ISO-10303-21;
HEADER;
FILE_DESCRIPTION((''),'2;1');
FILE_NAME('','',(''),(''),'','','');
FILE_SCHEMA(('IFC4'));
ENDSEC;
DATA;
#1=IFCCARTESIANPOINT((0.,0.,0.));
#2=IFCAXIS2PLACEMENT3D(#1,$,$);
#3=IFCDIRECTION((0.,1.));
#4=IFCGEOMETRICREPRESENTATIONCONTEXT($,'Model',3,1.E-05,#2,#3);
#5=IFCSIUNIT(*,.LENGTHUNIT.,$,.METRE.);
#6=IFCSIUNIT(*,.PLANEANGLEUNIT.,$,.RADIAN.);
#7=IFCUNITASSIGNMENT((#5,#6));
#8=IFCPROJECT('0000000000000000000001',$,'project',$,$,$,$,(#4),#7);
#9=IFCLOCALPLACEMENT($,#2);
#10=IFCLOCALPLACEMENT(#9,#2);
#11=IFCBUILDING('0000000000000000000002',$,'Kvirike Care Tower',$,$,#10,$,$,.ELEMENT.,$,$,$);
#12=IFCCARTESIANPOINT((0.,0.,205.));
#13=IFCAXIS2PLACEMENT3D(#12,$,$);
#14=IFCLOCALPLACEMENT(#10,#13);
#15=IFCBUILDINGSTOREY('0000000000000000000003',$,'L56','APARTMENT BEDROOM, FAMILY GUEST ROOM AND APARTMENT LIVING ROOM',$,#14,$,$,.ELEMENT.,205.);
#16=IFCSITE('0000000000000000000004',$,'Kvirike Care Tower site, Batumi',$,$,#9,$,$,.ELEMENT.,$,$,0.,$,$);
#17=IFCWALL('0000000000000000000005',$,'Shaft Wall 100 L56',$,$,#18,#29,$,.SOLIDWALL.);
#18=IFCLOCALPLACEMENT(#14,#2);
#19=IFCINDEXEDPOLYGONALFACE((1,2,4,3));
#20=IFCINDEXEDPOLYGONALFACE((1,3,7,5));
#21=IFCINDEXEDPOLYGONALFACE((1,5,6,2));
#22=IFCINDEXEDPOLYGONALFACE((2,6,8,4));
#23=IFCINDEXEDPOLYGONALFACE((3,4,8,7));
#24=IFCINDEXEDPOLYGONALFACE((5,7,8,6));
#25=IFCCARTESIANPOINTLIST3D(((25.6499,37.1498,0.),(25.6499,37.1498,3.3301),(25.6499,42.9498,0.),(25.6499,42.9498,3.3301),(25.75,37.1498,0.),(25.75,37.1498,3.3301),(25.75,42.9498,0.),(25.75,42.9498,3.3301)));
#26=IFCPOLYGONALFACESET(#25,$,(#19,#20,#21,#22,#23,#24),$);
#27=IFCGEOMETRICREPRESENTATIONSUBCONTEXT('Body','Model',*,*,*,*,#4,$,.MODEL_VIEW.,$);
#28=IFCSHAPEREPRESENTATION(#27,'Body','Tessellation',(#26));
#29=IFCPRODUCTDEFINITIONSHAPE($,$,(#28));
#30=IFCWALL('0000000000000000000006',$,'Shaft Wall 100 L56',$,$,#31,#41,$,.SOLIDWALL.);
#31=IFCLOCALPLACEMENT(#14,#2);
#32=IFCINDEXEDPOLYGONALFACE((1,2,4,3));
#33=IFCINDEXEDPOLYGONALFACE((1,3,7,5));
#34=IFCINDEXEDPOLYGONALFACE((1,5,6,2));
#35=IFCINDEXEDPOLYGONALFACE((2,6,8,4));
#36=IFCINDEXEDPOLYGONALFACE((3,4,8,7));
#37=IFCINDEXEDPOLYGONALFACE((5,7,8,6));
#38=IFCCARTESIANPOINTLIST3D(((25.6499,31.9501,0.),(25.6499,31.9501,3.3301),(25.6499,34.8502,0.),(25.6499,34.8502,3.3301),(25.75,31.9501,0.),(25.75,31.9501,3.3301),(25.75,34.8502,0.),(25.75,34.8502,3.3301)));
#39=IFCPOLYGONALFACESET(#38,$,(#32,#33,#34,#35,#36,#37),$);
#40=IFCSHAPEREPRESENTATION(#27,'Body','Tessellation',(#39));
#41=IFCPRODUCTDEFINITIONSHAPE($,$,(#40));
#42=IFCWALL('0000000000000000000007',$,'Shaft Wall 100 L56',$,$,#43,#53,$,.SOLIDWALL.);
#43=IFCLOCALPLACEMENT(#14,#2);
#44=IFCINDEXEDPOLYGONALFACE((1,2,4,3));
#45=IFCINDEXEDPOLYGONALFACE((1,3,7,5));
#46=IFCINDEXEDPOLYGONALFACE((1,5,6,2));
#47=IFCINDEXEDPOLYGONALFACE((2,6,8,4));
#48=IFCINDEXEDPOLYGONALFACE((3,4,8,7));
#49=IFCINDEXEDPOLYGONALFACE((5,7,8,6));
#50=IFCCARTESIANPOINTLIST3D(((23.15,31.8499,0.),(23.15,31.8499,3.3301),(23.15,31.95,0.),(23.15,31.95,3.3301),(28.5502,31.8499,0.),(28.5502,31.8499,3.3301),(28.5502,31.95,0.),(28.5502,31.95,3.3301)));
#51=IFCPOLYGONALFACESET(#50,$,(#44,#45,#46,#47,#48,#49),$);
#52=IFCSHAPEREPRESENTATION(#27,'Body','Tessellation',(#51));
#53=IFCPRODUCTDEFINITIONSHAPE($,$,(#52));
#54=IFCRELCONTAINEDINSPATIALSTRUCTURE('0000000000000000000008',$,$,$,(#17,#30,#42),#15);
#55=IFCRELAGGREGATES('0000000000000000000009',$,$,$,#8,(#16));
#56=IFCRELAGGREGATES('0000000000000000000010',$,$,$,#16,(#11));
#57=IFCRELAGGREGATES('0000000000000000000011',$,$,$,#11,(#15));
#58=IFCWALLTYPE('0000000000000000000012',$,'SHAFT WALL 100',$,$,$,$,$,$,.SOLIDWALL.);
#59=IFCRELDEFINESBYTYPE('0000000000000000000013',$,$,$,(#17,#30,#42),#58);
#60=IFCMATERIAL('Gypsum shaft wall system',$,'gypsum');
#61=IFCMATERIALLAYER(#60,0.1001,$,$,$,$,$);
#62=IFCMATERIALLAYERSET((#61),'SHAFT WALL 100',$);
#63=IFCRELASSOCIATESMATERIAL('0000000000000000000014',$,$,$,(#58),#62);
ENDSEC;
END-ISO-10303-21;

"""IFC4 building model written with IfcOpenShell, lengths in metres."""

from ifc_helpers import new_model, si_unit, direction, frame, frame_2d, origin, place, context, subcontext, project, spatial, rectangle, extrude, material, layer, layer_set, type_object, element, save


model = new_model("IFC4")

# Units and contexts
model_context = context("Model", 3, precision=1e-05, world=origin(), true_north=direction((0.0, 1.0)))
body_context = subcontext(model_context, "Body", "Model", "MODEL_VIEW")
ifc_project = project(units=[si_unit("LENGTHUNIT", "METRE"), si_unit("PLANEANGLEUNIT", "RADIAN")], contexts=[model_context])

# Site, building, storey
site_placement = place(None, origin())
site = spatial("IfcSite", under=ifc_project, at=site_placement, Name="Kvirike Care Tower site, Batumi", CompositionType="ELEMENT", RefElevation=0.0)
building_placement = place(site_placement, origin())
building = spatial("IfcBuilding", under=site, at=building_placement, Name="Kvirike Care Tower", CompositionType="ELEMENT")
storey_placement = place(building_placement, frame((0.0, 0.0, 205.0)))
storey = spatial("IfcBuildingStorey", under=building, at=storey_placement, Name="L56", Description="APARTMENT BEDROOM, FAMILY GUEST ROOM AND APARTMENT LIVING ROOM", CompositionType="ELEMENT", Elevation=205.0)

# Shared definitions
ifc_material_1 = material(Name="Gypsum shaft wall system", Category="gypsum")
ifc_layer_1 = layer(ifc_material_1, 0.1001)
ifc_layer_set_1 = layer_set([ifc_layer_1], Name="SHAFT WALL 100")
wall_type = type_object("IfcWallType", Name="SHAFT WALL 100", PredefinedType="SOLIDWALL", material=ifc_layer_set_1)

# Walls
wall_1_placement = place(storey_placement, frame((25.7, 37.1499, 0.0), z_axis=(0.0, 0.0, 1.0), x_axis=(0.0, 1.0, 0.0)))
element("IfcWall", 1, at=wall_1_placement, inside=storey, type_object=wall_type, Name="Shaft Wall 100 L56", PredefinedType="SOLIDWALL", context=body_context, shape_type="SweptSolid", body=[
    extrude(rectangle(XDim=5.8, YDim=0.1001, at=frame_2d((2.8999, 0.0))), origin(), (0.0, 0.0, 1.0), 3.3301),
])
wall_2_placement = place(storey_placement, frame((25.7, 31.95, 0.0), z_axis=(0.0, 0.0, 1.0), x_axis=(0.0, 1.0, 0.0)))
element("IfcWall", 2, at=wall_2_placement, inside=storey, type_object=wall_type, Name="Shaft Wall 100 L56", PredefinedType="SOLIDWALL", context=body_context, shape_type="SweptSolid", body=[
    extrude(rectangle(XDim=2.9001, YDim=0.1001, at=frame_2d((1.4502, 0.0))), origin(), (0.0, 0.0, 1.0), 3.3301),
])
wall_3_placement = place(storey_placement, frame((23.1499, 31.8999, 0.0), z_axis=(0.0, 0.0, 1.0), x_axis=(1.0, 0.0, 0.0)))
element("IfcWall", 3, at=wall_3_placement, inside=storey, type_object=wall_type, Name="Shaft Wall 100 L56", PredefinedType="SOLIDWALL", context=body_context, shape_type="SweptSolid", body=[
    extrude(rectangle(XDim=5.4001, YDim=0.1001, at=frame_2d((2.7002, 0.0))), origin(), (0.0, 0.0, 1.0), 3.3301),
])

save(model, "model.ifc")
